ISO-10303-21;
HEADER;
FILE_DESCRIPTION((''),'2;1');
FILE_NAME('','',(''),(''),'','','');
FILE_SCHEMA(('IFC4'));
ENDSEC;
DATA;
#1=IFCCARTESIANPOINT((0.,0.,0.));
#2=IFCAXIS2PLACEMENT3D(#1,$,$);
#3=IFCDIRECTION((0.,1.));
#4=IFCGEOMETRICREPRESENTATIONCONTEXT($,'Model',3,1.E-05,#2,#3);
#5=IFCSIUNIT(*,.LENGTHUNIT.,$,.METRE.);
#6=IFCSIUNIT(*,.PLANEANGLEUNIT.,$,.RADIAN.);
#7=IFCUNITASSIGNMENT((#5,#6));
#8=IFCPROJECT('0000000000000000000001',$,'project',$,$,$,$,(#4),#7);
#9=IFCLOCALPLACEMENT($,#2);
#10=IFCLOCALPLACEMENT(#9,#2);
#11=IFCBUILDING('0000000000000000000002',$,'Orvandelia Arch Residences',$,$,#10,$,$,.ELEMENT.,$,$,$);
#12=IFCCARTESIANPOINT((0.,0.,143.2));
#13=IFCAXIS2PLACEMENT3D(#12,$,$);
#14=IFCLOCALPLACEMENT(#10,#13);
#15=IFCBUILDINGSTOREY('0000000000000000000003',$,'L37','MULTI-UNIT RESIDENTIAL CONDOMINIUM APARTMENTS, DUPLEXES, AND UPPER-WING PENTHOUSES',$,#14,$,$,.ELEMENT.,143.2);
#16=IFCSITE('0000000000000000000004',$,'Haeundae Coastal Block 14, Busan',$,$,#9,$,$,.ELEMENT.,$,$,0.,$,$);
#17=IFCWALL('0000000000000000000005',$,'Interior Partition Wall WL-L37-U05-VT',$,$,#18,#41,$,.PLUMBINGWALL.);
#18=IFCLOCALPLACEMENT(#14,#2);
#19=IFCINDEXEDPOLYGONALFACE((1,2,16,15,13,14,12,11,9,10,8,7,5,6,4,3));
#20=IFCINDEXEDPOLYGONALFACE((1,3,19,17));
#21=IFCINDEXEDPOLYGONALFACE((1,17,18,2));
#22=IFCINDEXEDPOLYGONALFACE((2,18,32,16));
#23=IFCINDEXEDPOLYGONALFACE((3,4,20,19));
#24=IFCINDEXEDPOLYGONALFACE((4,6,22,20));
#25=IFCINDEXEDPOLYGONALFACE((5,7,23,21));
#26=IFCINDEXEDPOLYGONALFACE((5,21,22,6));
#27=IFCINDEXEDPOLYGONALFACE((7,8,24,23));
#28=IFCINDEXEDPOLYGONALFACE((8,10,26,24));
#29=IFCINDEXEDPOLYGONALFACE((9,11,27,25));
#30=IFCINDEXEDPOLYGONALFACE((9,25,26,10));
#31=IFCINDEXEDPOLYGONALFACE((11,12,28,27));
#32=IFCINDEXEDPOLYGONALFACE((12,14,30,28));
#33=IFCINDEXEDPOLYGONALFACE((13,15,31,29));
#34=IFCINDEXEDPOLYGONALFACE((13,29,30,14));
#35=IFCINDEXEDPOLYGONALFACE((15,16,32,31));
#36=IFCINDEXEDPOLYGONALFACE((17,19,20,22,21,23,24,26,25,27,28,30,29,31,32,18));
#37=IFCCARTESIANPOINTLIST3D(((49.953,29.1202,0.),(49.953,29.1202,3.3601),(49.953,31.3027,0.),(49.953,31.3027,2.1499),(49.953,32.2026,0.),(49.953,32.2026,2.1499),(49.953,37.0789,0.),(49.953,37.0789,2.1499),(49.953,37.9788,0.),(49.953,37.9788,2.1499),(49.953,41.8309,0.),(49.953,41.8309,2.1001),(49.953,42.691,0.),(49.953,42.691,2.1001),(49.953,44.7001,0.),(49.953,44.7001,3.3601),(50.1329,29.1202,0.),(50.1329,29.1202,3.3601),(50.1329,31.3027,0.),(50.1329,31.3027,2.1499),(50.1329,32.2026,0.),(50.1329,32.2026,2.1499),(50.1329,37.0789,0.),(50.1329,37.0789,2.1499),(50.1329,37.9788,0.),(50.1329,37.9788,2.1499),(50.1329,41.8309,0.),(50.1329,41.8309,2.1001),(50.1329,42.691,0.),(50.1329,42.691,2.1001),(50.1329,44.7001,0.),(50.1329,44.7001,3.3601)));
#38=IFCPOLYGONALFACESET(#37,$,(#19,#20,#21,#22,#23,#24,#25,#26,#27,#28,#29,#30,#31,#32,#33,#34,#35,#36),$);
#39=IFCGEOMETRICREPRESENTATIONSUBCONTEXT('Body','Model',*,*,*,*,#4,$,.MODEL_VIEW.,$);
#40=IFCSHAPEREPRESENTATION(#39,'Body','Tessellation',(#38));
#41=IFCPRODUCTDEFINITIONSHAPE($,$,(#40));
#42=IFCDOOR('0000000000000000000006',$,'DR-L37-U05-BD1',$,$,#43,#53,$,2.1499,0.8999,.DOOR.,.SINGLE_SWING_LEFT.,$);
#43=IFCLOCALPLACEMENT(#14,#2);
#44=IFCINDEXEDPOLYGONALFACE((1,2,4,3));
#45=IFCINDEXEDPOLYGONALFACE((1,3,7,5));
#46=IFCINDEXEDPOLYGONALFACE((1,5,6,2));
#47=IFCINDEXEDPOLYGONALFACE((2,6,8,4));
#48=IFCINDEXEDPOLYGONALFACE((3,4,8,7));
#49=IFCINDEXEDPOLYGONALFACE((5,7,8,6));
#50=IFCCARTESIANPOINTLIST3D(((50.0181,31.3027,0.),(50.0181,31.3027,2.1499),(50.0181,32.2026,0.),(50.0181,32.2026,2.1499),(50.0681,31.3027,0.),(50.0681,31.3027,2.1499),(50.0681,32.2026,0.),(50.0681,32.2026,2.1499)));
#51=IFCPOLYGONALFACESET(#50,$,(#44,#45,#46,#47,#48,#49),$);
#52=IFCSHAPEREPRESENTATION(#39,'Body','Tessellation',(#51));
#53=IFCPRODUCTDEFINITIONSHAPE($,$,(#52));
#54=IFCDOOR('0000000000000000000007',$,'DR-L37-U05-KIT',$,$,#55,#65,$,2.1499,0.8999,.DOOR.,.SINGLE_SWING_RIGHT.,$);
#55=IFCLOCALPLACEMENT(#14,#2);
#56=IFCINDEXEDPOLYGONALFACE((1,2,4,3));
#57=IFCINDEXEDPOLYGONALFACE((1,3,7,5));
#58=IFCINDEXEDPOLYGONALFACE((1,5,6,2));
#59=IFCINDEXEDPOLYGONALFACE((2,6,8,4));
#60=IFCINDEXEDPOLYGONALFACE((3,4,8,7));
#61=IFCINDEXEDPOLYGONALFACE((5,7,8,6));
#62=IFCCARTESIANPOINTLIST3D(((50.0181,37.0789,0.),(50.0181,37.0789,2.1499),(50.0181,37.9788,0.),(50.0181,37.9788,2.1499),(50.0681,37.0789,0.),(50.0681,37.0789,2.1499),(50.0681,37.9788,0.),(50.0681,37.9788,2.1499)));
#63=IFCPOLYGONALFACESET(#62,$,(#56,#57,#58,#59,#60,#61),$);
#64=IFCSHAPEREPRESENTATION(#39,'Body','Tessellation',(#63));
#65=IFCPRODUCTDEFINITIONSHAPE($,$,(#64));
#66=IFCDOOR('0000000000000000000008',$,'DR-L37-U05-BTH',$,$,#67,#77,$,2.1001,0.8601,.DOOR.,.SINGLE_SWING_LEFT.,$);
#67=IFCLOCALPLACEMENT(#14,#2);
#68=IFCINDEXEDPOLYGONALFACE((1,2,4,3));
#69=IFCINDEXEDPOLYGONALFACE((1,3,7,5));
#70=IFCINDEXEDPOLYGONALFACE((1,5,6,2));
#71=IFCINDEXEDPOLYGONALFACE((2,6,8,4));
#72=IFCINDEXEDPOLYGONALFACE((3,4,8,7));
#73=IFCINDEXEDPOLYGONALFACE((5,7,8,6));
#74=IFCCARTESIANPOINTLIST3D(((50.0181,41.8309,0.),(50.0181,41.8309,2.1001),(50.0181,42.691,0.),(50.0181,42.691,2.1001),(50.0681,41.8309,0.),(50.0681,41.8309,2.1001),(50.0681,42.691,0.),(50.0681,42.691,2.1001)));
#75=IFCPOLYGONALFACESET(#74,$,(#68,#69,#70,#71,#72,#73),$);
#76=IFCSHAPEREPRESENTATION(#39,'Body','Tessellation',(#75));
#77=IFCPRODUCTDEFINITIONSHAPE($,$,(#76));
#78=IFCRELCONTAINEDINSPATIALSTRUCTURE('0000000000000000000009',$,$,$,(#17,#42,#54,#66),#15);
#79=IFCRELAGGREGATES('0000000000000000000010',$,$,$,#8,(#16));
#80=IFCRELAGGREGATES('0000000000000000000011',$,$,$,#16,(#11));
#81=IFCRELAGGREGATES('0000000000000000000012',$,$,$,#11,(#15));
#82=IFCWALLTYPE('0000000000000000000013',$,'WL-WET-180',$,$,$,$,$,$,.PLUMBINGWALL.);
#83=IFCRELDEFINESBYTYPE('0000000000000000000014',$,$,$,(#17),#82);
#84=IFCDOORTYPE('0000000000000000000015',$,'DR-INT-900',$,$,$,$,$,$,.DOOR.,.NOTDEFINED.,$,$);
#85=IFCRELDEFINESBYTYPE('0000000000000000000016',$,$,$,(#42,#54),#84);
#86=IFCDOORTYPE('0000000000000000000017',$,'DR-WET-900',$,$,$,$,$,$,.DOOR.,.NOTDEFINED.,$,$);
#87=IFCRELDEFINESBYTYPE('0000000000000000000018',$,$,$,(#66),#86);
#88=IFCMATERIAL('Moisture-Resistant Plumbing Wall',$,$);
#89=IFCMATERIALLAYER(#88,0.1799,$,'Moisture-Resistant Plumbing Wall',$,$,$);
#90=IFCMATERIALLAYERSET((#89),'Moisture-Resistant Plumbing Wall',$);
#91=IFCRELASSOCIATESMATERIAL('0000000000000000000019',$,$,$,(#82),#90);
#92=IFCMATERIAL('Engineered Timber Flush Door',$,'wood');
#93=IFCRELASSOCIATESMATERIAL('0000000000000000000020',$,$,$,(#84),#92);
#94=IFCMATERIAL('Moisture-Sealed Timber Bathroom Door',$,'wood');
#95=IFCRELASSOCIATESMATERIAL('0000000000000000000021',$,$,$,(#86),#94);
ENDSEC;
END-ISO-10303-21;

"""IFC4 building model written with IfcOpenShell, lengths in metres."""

from ifc_helpers import new_model, si_unit, direction, frame, frame_2d, origin, place, context, subcontext, project, spatial, rectangle, extrude, material, layer, layer_set, type_object, element, fill, save


model = new_model("IFC4")

# Units and contexts
model_context = context("Model", 3, precision=1e-05, world=origin(), true_north=direction((0.0, 1.0)))
body_context = subcontext(model_context, "Body", "Model", "MODEL_VIEW")
ifc_project = project(units=[si_unit("LENGTHUNIT", "METRE"), si_unit("PLANEANGLEUNIT", "RADIAN")], contexts=[model_context])

# Site, building, storey
site_placement = place(None, origin())
site = spatial("IfcSite", under=ifc_project, at=site_placement, Name="Haeundae Coastal Block 14, Busan", CompositionType="ELEMENT", RefElevation=0.0)
building_placement = place(site_placement, origin())
building = spatial("IfcBuilding", under=site, at=building_placement, Name="Orvandelia Arch Residences", CompositionType="ELEMENT")
storey_placement = place(building_placement, frame((0.0, 0.0, 143.2)))
storey = spatial("IfcBuildingStorey", under=building, at=storey_placement, Name="L37", Description="MULTI-UNIT RESIDENTIAL CONDOMINIUM APARTMENTS, DUPLEXES, AND UPPER-WING PENTHOUSES", CompositionType="ELEMENT", Elevation=143.2)

# Wall, openings, doors
ifc_material_1 = material(Name="Moisture-Resistant Plumbing Wall")
ifc_layer_1 = layer(ifc_material_1, 0.1799, Name="Moisture-Resistant Plumbing Wall")
ifc_layer_set_1 = layer_set([ifc_layer_1], Name="Moisture-Resistant Plumbing Wall")
wall_type_1 = type_object("IfcWallType", Name="WL-WET-180", PredefinedType="PLUMBINGWALL", material=ifc_layer_set_1)
wall_1_placement = place(storey_placement, frame((50.043, 29.1201, 0.0), z_axis=(0.0, 0.0, 1.0), x_axis=(0.0, 1.0, 0.0)))
wall_1 = element("IfcWall", 1, at=wall_1_placement, inside=storey, type_object=wall_type_1, Name="Interior Partition Wall WL-L37-U05-VT", PredefinedType="PLUMBINGWALL", context=body_context, shape_type="SweptSolid", body=[
    extrude(rectangle(XDim=15.5798, YDim=0.1799, at=frame_2d((7.79, 0.0))), origin(), (0.0, 0.0, 1.0), 3.3601),
])
opening_1_placement = place(wall_1_placement, frame((2.1826, 0.0, 0.0)))
opening_1 = element("IfcOpeningElement", 2, at=opening_1_placement, cuts=wall_1, PredefinedType="OPENING", context=body_context, shape_type="SweptSolid", body=[
    extrude(rectangle(XDim=0.8999, YDim=2.1499, at=frame_2d((0.45, 1.075))), frame((0.0, 0.1001, 0.0), z_axis=(0.0, -1.0, 0.0), x_axis=(1.0, 0.0, 0.0)), (0.0, 0.0, 1.0), 0.2),
])
opening_2_placement = place(wall_1_placement, frame((7.9587, 0.0, 0.0)))
opening_2 = element("IfcOpeningElement", 3, at=opening_2_placement, cuts=wall_1, PredefinedType="OPENING", context=body_context, shape_type="SweptSolid", body=[
    extrude(rectangle(XDim=0.8999, YDim=2.1499, at=frame_2d((0.45, 1.075))), frame((0.0, 0.1001, 0.0), z_axis=(0.0, -1.0, 0.0), x_axis=(1.0, 0.0, 0.0)), (0.0, 0.0, 1.0), 0.2),
])
opening_3_placement = place(wall_1_placement, frame((12.7107, 0.0, 0.0)))
opening_3 = element("IfcOpeningElement", 4, at=opening_3_placement, cuts=wall_1, PredefinedType="OPENING", context=body_context, shape_type="SweptSolid", body=[
    extrude(rectangle(XDim=0.8601, YDim=2.1001, at=frame_2d((0.4302, 1.05))), frame((0.0, 0.1001, 0.0), z_axis=(0.0, -1.0, 0.0), x_axis=(1.0, 0.0, 0.0)), (0.0, 0.0, 1.0), 0.2),
])
ifc_material_2 = material(Name="Engineered Timber Flush Door", Category="wood")
door_type_1 = type_object("IfcDoorType", Name="DR-INT-900", OperationType="NOTDEFINED", PredefinedType="DOOR", material=ifc_material_2)
door_1_placement = place(opening_1_placement, origin())
door_1 = element("IfcDoor", 5, at=door_1_placement, inside=storey, type_object=door_type_1, Name="DR-L37-U05-BD1", OperationType="SINGLE_SWING_LEFT", OverallHeight=2.1499, OverallWidth=0.8999, PredefinedType="DOOR", context=body_context, shape_type="SweptSolid", body=[
    extrude(rectangle(XDim=0.8999, YDim=2.1499, at=frame_2d((0.45, 1.075))), frame((0.0, 0.0249, 0.0), z_axis=(0.0, -1.0, 0.0), x_axis=(1.0, 0.0, 0.0)), (0.0, 0.0, 1.0), 0.05),
])
fill(opening_1, door_1)
door_2_placement = place(opening_2_placement, origin())
door_2 = element("IfcDoor", 6, at=door_2_placement, inside=storey, type_object=door_type_1, Name="DR-L37-U05-KIT", OperationType="SINGLE_SWING_RIGHT", OverallHeight=2.1499, OverallWidth=0.8999, PredefinedType="DOOR", context=body_context, shape_type="SweptSolid", body=[
    extrude(rectangle(XDim=0.8999, YDim=2.1499, at=frame_2d((0.45, 1.075))), frame((0.0, 0.0249, 0.0), z_axis=(0.0, -1.0, 0.0), x_axis=(1.0, 0.0, 0.0)), (0.0, 0.0, 1.0), 0.05),
])
fill(opening_2, door_2)
ifc_material_3 = material(Name="Moisture-Sealed Timber Bathroom Door", Category="wood")
door_type_2 = type_object("IfcDoorType", Name="DR-WET-900", OperationType="NOTDEFINED", PredefinedType="DOOR", material=ifc_material_3)
door_3_placement = place(opening_3_placement, origin())
door_3 = element("IfcDoor", 7, at=door_3_placement, inside=storey, type_object=door_type_2, Name="DR-L37-U05-BTH", OperationType="SINGLE_SWING_LEFT", OverallHeight=2.1001, OverallWidth=0.8601, PredefinedType="DOOR", context=body_context, shape_type="SweptSolid", body=[
    extrude(rectangle(XDim=0.8601, YDim=2.1001, at=frame_2d((0.4302, 1.05))), frame((0.0, 0.0249, 0.0), z_axis=(0.0, -1.0, 0.0), x_axis=(1.0, 0.0, 0.0)), (0.0, 0.0, 1.0), 0.05),
])
fill(opening_3, door_3)

save(model, "model.ifc")
